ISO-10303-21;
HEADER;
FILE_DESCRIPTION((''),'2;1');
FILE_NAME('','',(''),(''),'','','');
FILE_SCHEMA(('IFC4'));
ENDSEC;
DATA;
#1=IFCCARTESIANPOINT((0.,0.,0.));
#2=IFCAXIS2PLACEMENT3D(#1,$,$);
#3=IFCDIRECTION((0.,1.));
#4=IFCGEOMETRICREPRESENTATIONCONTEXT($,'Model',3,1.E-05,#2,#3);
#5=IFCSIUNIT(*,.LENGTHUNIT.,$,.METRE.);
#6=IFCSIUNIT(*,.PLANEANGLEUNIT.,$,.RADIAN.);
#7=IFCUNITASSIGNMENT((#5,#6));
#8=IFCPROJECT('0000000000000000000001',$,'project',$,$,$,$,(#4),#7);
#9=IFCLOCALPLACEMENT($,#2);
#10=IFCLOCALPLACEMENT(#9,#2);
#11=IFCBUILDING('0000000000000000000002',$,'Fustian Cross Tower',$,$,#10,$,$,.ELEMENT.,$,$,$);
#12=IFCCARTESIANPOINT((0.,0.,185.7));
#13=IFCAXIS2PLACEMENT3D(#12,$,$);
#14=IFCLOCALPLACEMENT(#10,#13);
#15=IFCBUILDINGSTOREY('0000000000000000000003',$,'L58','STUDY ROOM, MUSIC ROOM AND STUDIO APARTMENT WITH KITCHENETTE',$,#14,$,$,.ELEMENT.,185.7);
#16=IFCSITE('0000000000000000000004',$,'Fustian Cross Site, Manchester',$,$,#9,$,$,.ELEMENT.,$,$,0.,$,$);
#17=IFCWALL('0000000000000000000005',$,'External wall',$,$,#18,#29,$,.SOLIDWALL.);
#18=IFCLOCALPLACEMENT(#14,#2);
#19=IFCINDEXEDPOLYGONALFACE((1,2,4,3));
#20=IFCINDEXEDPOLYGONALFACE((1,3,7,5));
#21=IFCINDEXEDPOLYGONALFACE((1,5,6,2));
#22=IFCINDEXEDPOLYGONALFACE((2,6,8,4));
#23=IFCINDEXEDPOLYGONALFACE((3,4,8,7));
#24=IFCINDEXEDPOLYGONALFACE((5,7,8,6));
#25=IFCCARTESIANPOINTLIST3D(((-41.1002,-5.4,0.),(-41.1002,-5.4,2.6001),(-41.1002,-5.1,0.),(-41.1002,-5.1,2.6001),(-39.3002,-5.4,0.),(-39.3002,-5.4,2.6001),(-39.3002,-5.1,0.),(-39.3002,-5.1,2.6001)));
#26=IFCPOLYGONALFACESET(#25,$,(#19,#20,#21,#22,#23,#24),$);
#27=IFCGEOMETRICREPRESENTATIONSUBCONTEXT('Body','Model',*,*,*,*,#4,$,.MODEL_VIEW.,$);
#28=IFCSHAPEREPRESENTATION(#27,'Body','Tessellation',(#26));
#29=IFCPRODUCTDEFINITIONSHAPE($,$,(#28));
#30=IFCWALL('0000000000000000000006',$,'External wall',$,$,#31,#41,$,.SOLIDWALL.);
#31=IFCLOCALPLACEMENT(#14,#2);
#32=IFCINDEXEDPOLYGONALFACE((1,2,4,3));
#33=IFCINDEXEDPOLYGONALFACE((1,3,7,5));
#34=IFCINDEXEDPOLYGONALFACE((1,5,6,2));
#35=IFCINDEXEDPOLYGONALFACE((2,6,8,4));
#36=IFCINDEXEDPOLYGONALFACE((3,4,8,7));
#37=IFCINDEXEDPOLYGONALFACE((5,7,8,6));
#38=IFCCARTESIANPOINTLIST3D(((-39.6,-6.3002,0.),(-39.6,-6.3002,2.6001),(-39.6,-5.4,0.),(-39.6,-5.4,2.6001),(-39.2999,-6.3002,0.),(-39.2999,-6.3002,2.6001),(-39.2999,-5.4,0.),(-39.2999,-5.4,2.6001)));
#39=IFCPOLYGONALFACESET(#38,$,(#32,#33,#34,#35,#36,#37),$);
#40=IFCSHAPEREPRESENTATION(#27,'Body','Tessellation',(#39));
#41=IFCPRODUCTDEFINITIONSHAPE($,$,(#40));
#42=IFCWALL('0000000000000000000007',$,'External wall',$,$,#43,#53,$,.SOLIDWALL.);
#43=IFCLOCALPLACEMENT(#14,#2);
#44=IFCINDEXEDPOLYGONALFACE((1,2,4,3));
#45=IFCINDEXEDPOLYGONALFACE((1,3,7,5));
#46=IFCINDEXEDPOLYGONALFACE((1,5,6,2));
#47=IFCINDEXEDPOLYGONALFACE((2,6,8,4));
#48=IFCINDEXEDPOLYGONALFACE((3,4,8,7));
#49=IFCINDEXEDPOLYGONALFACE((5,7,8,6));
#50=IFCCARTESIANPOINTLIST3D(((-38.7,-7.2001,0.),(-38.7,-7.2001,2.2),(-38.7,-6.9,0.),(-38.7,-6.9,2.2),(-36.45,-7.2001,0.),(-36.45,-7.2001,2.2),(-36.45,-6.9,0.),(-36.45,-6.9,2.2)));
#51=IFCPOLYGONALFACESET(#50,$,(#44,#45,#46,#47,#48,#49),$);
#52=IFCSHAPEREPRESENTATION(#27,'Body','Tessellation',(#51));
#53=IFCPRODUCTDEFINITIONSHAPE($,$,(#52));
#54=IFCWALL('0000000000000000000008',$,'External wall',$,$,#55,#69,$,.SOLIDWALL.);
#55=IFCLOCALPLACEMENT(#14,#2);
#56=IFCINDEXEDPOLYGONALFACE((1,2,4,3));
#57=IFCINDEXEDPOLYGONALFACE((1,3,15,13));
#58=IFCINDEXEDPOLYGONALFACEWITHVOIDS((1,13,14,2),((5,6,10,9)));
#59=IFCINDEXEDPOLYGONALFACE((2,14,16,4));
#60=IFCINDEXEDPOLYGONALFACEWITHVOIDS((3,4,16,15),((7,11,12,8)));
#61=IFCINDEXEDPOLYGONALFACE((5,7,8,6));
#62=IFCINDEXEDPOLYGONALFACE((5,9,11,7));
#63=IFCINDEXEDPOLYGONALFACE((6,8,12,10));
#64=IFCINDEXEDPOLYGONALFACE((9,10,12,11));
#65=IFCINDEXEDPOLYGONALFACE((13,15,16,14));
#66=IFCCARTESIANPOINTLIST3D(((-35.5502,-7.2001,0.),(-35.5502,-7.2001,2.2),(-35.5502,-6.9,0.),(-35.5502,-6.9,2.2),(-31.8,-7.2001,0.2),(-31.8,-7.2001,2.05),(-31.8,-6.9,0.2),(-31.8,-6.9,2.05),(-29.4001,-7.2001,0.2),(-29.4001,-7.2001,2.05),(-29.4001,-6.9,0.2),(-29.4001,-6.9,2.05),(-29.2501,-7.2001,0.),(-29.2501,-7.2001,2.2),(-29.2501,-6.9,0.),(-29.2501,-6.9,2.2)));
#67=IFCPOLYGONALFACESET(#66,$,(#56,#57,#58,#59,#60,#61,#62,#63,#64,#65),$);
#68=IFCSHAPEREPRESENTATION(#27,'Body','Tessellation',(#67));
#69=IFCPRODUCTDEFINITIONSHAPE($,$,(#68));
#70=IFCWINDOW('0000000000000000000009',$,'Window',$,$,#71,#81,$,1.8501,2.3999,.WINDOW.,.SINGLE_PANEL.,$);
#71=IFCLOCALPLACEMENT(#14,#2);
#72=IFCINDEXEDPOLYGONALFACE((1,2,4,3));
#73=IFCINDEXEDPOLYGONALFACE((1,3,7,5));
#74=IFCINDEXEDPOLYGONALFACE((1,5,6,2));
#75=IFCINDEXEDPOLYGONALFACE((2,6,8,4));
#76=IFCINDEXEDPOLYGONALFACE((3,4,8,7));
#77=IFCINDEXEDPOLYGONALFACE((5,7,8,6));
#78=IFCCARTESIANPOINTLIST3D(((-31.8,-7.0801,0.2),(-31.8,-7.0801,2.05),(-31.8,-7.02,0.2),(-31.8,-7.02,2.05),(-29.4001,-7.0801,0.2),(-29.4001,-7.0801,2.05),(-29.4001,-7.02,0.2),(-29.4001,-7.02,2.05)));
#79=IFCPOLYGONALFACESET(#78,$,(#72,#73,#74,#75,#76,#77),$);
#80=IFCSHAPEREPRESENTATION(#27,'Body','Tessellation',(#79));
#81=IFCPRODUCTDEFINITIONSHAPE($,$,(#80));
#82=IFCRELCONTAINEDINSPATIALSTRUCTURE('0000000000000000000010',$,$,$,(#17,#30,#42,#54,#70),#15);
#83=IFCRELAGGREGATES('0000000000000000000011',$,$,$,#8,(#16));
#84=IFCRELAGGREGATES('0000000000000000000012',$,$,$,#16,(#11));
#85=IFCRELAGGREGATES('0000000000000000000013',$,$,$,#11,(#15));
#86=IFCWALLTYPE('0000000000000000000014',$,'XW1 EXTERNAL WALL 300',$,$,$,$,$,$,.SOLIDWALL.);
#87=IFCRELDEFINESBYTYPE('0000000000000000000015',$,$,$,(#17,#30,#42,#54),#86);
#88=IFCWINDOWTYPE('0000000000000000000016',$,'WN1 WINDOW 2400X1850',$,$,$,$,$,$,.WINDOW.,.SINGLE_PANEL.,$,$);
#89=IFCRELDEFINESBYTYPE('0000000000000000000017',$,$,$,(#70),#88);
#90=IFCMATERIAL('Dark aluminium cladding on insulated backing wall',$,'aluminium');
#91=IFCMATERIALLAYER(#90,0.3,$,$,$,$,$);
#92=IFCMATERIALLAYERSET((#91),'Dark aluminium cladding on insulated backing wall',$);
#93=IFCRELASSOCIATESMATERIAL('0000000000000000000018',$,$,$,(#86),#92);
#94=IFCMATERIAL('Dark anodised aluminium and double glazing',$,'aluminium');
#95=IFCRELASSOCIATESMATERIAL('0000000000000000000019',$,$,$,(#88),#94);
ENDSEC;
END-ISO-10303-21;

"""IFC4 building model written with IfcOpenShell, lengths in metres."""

from ifc_helpers import new_model, si_unit, direction, frame, frame_2d, origin, place, context, subcontext, project, spatial, rectangle, extrude, material, layer, layer_set, type_object, element, fill, save


model = new_model("IFC4")

# Units and contexts
model_context = context("Model", 3, precision=1e-05, world=origin(), true_north=direction((0.0, 1.0)))
body_context = subcontext(model_context, "Body", "Model", "MODEL_VIEW")
ifc_project = project(units=[si_unit("LENGTHUNIT", "METRE"), si_unit("PLANEANGLEUNIT", "RADIAN")], contexts=[model_context])

# Site, building, storey
site_placement = place(None, origin())
site = spatial("IfcSite", under=ifc_project, at=site_placement, Name="Fustian Cross Site, Manchester", CompositionType="ELEMENT", RefElevation=0.0)
building_placement = place(site_placement, origin())
building = spatial("IfcBuilding", under=site, at=building_placement, Name="Fustian Cross Tower", CompositionType="ELEMENT")
storey_placement = place(building_placement, frame((0.0, 0.0, 185.7)))
storey = spatial("IfcBuildingStorey", under=building, at=storey_placement, Name="L58", Description="STUDY ROOM, MUSIC ROOM AND STUDIO APARTMENT WITH KITCHENETTE", CompositionType="ELEMENT", Elevation=185.7)

# Walls
ifc_material_1 = material(Name="Dark aluminium cladding on insulated backing wall", Category="aluminium")
ifc_layer_1 = layer(ifc_material_1, 0.3)
ifc_layer_set_1 = layer_set([ifc_layer_1], Name="Dark aluminium cladding on insulated backing wall")
wall_type_1 = type_object("IfcWallType", Name="XW1 EXTERNAL WALL 300", PredefinedType="SOLIDWALL", material=ifc_layer_set_1)
wall_1_placement = place(storey_placement, frame((-41.1001, -5.25, 0.0), z_axis=(0.0, 0.0, 1.0), x_axis=(1.0, 0.0, 0.0)))
element("IfcWall", 1, at=wall_1_placement, inside=storey, type_object=wall_type_1, Name="External wall", PredefinedType="SOLIDWALL", context=body_context, shape_type="SweptSolid", body=[
    extrude(rectangle(XDim=1.8, YDim=0.3, at=frame_2d((0.8999, 0.0))), origin(), (0.0, 0.0, 1.0), 2.6001),
])
wall_2_placement = place(storey_placement, frame((-39.45, -5.3999, 0.0), z_axis=(0.0, 0.0, 1.0), x_axis=(0.0, -1.0, 0.0)))
element("IfcWall", 2, at=wall_2_placement, inside=storey, type_object=wall_type_1, Name="External wall", PredefinedType="SOLIDWALL", context=body_context, shape_type="SweptSolid", body=[
    extrude(rectangle(XDim=0.9001, YDim=0.3, at=frame_2d((0.4502, 0.0))), origin(), (0.0, 0.0, 1.0), 2.6001),
])
wall_3_placement = place(storey_placement, frame((-38.7, -7.05, 0.0), z_axis=(0.0, 0.0, 1.0), x_axis=(1.0, 0.0, 0.0)))
element("IfcWall", 3, at=wall_3_placement, inside=storey, type_object=wall_type_1, Name="External wall", PredefinedType="SOLIDWALL", context=body_context, shape_type="SweptSolid", body=[
    extrude(rectangle(XDim=2.25, YDim=0.3, at=frame_2d((1.125, 0.0))), origin(), (0.0, 0.0, 1.0), 2.2),
])

# Wall, opening, window
wall_4_placement = place(storey_placement, frame((-35.55, -7.05, 0.0), z_axis=(0.0, 0.0, 1.0), x_axis=(1.0, 0.0, 0.0)))
wall_4 = element("IfcWall", 4, at=wall_4_placement, inside=storey, type_object=wall_type_1, Name="External wall", PredefinedType="SOLIDWALL", context=body_context, shape_type="SweptSolid", body=[
    extrude(rectangle(XDim=6.3, YDim=0.3, at=frame_2d((3.1499, 0.0))), origin(), (0.0, 0.0, 1.0), 2.2),
])
opening_1_placement = place(wall_4_placement, frame((3.75, 0.0, 0.2)))
opening_1 = element("IfcOpeningElement", 5, at=opening_1_placement, cuts=wall_4, PredefinedType="OPENING", context=body_context, shape_type="SweptSolid", body=[
    extrude(rectangle(XDim=2.3999, YDim=1.8501, at=frame_2d((1.2, 0.925))), frame((0.0, 0.1599, 0.0), z_axis=(0.0, -1.0, 0.0), x_axis=(1.0, 0.0, 0.0)), (0.0, 0.0, 1.0), 0.3201),
])
ifc_material_2 = material(Name="Dark anodised aluminium and double glazing", Category="aluminium")
window_type = type_object("IfcWindowType", Name="WN1 WINDOW 2400X1850", PartitioningType="SINGLE_PANEL", PredefinedType="WINDOW", material=ifc_material_2)
window_placement = place(opening_1_placement, origin())
window = element("IfcWindow", 6, at=window_placement, inside=storey, type_object=window_type, Name="Window", OverallHeight=1.8501, OverallWidth=2.3999, PartitioningType="SINGLE_PANEL", PredefinedType="WINDOW", context=body_context, shape_type="SweptSolid", body=[
    extrude(rectangle(XDim=2.3999, YDim=1.8501, at=frame_2d((1.2, 0.925))), frame((0.0, 0.03, 0.0), z_axis=(0.0, -1.0, 0.0), x_axis=(1.0, 0.0, 0.0)), (0.0, 0.0, 1.0), 0.0601),
])
fill(opening_1, window)

save(model, "model.ifc")
